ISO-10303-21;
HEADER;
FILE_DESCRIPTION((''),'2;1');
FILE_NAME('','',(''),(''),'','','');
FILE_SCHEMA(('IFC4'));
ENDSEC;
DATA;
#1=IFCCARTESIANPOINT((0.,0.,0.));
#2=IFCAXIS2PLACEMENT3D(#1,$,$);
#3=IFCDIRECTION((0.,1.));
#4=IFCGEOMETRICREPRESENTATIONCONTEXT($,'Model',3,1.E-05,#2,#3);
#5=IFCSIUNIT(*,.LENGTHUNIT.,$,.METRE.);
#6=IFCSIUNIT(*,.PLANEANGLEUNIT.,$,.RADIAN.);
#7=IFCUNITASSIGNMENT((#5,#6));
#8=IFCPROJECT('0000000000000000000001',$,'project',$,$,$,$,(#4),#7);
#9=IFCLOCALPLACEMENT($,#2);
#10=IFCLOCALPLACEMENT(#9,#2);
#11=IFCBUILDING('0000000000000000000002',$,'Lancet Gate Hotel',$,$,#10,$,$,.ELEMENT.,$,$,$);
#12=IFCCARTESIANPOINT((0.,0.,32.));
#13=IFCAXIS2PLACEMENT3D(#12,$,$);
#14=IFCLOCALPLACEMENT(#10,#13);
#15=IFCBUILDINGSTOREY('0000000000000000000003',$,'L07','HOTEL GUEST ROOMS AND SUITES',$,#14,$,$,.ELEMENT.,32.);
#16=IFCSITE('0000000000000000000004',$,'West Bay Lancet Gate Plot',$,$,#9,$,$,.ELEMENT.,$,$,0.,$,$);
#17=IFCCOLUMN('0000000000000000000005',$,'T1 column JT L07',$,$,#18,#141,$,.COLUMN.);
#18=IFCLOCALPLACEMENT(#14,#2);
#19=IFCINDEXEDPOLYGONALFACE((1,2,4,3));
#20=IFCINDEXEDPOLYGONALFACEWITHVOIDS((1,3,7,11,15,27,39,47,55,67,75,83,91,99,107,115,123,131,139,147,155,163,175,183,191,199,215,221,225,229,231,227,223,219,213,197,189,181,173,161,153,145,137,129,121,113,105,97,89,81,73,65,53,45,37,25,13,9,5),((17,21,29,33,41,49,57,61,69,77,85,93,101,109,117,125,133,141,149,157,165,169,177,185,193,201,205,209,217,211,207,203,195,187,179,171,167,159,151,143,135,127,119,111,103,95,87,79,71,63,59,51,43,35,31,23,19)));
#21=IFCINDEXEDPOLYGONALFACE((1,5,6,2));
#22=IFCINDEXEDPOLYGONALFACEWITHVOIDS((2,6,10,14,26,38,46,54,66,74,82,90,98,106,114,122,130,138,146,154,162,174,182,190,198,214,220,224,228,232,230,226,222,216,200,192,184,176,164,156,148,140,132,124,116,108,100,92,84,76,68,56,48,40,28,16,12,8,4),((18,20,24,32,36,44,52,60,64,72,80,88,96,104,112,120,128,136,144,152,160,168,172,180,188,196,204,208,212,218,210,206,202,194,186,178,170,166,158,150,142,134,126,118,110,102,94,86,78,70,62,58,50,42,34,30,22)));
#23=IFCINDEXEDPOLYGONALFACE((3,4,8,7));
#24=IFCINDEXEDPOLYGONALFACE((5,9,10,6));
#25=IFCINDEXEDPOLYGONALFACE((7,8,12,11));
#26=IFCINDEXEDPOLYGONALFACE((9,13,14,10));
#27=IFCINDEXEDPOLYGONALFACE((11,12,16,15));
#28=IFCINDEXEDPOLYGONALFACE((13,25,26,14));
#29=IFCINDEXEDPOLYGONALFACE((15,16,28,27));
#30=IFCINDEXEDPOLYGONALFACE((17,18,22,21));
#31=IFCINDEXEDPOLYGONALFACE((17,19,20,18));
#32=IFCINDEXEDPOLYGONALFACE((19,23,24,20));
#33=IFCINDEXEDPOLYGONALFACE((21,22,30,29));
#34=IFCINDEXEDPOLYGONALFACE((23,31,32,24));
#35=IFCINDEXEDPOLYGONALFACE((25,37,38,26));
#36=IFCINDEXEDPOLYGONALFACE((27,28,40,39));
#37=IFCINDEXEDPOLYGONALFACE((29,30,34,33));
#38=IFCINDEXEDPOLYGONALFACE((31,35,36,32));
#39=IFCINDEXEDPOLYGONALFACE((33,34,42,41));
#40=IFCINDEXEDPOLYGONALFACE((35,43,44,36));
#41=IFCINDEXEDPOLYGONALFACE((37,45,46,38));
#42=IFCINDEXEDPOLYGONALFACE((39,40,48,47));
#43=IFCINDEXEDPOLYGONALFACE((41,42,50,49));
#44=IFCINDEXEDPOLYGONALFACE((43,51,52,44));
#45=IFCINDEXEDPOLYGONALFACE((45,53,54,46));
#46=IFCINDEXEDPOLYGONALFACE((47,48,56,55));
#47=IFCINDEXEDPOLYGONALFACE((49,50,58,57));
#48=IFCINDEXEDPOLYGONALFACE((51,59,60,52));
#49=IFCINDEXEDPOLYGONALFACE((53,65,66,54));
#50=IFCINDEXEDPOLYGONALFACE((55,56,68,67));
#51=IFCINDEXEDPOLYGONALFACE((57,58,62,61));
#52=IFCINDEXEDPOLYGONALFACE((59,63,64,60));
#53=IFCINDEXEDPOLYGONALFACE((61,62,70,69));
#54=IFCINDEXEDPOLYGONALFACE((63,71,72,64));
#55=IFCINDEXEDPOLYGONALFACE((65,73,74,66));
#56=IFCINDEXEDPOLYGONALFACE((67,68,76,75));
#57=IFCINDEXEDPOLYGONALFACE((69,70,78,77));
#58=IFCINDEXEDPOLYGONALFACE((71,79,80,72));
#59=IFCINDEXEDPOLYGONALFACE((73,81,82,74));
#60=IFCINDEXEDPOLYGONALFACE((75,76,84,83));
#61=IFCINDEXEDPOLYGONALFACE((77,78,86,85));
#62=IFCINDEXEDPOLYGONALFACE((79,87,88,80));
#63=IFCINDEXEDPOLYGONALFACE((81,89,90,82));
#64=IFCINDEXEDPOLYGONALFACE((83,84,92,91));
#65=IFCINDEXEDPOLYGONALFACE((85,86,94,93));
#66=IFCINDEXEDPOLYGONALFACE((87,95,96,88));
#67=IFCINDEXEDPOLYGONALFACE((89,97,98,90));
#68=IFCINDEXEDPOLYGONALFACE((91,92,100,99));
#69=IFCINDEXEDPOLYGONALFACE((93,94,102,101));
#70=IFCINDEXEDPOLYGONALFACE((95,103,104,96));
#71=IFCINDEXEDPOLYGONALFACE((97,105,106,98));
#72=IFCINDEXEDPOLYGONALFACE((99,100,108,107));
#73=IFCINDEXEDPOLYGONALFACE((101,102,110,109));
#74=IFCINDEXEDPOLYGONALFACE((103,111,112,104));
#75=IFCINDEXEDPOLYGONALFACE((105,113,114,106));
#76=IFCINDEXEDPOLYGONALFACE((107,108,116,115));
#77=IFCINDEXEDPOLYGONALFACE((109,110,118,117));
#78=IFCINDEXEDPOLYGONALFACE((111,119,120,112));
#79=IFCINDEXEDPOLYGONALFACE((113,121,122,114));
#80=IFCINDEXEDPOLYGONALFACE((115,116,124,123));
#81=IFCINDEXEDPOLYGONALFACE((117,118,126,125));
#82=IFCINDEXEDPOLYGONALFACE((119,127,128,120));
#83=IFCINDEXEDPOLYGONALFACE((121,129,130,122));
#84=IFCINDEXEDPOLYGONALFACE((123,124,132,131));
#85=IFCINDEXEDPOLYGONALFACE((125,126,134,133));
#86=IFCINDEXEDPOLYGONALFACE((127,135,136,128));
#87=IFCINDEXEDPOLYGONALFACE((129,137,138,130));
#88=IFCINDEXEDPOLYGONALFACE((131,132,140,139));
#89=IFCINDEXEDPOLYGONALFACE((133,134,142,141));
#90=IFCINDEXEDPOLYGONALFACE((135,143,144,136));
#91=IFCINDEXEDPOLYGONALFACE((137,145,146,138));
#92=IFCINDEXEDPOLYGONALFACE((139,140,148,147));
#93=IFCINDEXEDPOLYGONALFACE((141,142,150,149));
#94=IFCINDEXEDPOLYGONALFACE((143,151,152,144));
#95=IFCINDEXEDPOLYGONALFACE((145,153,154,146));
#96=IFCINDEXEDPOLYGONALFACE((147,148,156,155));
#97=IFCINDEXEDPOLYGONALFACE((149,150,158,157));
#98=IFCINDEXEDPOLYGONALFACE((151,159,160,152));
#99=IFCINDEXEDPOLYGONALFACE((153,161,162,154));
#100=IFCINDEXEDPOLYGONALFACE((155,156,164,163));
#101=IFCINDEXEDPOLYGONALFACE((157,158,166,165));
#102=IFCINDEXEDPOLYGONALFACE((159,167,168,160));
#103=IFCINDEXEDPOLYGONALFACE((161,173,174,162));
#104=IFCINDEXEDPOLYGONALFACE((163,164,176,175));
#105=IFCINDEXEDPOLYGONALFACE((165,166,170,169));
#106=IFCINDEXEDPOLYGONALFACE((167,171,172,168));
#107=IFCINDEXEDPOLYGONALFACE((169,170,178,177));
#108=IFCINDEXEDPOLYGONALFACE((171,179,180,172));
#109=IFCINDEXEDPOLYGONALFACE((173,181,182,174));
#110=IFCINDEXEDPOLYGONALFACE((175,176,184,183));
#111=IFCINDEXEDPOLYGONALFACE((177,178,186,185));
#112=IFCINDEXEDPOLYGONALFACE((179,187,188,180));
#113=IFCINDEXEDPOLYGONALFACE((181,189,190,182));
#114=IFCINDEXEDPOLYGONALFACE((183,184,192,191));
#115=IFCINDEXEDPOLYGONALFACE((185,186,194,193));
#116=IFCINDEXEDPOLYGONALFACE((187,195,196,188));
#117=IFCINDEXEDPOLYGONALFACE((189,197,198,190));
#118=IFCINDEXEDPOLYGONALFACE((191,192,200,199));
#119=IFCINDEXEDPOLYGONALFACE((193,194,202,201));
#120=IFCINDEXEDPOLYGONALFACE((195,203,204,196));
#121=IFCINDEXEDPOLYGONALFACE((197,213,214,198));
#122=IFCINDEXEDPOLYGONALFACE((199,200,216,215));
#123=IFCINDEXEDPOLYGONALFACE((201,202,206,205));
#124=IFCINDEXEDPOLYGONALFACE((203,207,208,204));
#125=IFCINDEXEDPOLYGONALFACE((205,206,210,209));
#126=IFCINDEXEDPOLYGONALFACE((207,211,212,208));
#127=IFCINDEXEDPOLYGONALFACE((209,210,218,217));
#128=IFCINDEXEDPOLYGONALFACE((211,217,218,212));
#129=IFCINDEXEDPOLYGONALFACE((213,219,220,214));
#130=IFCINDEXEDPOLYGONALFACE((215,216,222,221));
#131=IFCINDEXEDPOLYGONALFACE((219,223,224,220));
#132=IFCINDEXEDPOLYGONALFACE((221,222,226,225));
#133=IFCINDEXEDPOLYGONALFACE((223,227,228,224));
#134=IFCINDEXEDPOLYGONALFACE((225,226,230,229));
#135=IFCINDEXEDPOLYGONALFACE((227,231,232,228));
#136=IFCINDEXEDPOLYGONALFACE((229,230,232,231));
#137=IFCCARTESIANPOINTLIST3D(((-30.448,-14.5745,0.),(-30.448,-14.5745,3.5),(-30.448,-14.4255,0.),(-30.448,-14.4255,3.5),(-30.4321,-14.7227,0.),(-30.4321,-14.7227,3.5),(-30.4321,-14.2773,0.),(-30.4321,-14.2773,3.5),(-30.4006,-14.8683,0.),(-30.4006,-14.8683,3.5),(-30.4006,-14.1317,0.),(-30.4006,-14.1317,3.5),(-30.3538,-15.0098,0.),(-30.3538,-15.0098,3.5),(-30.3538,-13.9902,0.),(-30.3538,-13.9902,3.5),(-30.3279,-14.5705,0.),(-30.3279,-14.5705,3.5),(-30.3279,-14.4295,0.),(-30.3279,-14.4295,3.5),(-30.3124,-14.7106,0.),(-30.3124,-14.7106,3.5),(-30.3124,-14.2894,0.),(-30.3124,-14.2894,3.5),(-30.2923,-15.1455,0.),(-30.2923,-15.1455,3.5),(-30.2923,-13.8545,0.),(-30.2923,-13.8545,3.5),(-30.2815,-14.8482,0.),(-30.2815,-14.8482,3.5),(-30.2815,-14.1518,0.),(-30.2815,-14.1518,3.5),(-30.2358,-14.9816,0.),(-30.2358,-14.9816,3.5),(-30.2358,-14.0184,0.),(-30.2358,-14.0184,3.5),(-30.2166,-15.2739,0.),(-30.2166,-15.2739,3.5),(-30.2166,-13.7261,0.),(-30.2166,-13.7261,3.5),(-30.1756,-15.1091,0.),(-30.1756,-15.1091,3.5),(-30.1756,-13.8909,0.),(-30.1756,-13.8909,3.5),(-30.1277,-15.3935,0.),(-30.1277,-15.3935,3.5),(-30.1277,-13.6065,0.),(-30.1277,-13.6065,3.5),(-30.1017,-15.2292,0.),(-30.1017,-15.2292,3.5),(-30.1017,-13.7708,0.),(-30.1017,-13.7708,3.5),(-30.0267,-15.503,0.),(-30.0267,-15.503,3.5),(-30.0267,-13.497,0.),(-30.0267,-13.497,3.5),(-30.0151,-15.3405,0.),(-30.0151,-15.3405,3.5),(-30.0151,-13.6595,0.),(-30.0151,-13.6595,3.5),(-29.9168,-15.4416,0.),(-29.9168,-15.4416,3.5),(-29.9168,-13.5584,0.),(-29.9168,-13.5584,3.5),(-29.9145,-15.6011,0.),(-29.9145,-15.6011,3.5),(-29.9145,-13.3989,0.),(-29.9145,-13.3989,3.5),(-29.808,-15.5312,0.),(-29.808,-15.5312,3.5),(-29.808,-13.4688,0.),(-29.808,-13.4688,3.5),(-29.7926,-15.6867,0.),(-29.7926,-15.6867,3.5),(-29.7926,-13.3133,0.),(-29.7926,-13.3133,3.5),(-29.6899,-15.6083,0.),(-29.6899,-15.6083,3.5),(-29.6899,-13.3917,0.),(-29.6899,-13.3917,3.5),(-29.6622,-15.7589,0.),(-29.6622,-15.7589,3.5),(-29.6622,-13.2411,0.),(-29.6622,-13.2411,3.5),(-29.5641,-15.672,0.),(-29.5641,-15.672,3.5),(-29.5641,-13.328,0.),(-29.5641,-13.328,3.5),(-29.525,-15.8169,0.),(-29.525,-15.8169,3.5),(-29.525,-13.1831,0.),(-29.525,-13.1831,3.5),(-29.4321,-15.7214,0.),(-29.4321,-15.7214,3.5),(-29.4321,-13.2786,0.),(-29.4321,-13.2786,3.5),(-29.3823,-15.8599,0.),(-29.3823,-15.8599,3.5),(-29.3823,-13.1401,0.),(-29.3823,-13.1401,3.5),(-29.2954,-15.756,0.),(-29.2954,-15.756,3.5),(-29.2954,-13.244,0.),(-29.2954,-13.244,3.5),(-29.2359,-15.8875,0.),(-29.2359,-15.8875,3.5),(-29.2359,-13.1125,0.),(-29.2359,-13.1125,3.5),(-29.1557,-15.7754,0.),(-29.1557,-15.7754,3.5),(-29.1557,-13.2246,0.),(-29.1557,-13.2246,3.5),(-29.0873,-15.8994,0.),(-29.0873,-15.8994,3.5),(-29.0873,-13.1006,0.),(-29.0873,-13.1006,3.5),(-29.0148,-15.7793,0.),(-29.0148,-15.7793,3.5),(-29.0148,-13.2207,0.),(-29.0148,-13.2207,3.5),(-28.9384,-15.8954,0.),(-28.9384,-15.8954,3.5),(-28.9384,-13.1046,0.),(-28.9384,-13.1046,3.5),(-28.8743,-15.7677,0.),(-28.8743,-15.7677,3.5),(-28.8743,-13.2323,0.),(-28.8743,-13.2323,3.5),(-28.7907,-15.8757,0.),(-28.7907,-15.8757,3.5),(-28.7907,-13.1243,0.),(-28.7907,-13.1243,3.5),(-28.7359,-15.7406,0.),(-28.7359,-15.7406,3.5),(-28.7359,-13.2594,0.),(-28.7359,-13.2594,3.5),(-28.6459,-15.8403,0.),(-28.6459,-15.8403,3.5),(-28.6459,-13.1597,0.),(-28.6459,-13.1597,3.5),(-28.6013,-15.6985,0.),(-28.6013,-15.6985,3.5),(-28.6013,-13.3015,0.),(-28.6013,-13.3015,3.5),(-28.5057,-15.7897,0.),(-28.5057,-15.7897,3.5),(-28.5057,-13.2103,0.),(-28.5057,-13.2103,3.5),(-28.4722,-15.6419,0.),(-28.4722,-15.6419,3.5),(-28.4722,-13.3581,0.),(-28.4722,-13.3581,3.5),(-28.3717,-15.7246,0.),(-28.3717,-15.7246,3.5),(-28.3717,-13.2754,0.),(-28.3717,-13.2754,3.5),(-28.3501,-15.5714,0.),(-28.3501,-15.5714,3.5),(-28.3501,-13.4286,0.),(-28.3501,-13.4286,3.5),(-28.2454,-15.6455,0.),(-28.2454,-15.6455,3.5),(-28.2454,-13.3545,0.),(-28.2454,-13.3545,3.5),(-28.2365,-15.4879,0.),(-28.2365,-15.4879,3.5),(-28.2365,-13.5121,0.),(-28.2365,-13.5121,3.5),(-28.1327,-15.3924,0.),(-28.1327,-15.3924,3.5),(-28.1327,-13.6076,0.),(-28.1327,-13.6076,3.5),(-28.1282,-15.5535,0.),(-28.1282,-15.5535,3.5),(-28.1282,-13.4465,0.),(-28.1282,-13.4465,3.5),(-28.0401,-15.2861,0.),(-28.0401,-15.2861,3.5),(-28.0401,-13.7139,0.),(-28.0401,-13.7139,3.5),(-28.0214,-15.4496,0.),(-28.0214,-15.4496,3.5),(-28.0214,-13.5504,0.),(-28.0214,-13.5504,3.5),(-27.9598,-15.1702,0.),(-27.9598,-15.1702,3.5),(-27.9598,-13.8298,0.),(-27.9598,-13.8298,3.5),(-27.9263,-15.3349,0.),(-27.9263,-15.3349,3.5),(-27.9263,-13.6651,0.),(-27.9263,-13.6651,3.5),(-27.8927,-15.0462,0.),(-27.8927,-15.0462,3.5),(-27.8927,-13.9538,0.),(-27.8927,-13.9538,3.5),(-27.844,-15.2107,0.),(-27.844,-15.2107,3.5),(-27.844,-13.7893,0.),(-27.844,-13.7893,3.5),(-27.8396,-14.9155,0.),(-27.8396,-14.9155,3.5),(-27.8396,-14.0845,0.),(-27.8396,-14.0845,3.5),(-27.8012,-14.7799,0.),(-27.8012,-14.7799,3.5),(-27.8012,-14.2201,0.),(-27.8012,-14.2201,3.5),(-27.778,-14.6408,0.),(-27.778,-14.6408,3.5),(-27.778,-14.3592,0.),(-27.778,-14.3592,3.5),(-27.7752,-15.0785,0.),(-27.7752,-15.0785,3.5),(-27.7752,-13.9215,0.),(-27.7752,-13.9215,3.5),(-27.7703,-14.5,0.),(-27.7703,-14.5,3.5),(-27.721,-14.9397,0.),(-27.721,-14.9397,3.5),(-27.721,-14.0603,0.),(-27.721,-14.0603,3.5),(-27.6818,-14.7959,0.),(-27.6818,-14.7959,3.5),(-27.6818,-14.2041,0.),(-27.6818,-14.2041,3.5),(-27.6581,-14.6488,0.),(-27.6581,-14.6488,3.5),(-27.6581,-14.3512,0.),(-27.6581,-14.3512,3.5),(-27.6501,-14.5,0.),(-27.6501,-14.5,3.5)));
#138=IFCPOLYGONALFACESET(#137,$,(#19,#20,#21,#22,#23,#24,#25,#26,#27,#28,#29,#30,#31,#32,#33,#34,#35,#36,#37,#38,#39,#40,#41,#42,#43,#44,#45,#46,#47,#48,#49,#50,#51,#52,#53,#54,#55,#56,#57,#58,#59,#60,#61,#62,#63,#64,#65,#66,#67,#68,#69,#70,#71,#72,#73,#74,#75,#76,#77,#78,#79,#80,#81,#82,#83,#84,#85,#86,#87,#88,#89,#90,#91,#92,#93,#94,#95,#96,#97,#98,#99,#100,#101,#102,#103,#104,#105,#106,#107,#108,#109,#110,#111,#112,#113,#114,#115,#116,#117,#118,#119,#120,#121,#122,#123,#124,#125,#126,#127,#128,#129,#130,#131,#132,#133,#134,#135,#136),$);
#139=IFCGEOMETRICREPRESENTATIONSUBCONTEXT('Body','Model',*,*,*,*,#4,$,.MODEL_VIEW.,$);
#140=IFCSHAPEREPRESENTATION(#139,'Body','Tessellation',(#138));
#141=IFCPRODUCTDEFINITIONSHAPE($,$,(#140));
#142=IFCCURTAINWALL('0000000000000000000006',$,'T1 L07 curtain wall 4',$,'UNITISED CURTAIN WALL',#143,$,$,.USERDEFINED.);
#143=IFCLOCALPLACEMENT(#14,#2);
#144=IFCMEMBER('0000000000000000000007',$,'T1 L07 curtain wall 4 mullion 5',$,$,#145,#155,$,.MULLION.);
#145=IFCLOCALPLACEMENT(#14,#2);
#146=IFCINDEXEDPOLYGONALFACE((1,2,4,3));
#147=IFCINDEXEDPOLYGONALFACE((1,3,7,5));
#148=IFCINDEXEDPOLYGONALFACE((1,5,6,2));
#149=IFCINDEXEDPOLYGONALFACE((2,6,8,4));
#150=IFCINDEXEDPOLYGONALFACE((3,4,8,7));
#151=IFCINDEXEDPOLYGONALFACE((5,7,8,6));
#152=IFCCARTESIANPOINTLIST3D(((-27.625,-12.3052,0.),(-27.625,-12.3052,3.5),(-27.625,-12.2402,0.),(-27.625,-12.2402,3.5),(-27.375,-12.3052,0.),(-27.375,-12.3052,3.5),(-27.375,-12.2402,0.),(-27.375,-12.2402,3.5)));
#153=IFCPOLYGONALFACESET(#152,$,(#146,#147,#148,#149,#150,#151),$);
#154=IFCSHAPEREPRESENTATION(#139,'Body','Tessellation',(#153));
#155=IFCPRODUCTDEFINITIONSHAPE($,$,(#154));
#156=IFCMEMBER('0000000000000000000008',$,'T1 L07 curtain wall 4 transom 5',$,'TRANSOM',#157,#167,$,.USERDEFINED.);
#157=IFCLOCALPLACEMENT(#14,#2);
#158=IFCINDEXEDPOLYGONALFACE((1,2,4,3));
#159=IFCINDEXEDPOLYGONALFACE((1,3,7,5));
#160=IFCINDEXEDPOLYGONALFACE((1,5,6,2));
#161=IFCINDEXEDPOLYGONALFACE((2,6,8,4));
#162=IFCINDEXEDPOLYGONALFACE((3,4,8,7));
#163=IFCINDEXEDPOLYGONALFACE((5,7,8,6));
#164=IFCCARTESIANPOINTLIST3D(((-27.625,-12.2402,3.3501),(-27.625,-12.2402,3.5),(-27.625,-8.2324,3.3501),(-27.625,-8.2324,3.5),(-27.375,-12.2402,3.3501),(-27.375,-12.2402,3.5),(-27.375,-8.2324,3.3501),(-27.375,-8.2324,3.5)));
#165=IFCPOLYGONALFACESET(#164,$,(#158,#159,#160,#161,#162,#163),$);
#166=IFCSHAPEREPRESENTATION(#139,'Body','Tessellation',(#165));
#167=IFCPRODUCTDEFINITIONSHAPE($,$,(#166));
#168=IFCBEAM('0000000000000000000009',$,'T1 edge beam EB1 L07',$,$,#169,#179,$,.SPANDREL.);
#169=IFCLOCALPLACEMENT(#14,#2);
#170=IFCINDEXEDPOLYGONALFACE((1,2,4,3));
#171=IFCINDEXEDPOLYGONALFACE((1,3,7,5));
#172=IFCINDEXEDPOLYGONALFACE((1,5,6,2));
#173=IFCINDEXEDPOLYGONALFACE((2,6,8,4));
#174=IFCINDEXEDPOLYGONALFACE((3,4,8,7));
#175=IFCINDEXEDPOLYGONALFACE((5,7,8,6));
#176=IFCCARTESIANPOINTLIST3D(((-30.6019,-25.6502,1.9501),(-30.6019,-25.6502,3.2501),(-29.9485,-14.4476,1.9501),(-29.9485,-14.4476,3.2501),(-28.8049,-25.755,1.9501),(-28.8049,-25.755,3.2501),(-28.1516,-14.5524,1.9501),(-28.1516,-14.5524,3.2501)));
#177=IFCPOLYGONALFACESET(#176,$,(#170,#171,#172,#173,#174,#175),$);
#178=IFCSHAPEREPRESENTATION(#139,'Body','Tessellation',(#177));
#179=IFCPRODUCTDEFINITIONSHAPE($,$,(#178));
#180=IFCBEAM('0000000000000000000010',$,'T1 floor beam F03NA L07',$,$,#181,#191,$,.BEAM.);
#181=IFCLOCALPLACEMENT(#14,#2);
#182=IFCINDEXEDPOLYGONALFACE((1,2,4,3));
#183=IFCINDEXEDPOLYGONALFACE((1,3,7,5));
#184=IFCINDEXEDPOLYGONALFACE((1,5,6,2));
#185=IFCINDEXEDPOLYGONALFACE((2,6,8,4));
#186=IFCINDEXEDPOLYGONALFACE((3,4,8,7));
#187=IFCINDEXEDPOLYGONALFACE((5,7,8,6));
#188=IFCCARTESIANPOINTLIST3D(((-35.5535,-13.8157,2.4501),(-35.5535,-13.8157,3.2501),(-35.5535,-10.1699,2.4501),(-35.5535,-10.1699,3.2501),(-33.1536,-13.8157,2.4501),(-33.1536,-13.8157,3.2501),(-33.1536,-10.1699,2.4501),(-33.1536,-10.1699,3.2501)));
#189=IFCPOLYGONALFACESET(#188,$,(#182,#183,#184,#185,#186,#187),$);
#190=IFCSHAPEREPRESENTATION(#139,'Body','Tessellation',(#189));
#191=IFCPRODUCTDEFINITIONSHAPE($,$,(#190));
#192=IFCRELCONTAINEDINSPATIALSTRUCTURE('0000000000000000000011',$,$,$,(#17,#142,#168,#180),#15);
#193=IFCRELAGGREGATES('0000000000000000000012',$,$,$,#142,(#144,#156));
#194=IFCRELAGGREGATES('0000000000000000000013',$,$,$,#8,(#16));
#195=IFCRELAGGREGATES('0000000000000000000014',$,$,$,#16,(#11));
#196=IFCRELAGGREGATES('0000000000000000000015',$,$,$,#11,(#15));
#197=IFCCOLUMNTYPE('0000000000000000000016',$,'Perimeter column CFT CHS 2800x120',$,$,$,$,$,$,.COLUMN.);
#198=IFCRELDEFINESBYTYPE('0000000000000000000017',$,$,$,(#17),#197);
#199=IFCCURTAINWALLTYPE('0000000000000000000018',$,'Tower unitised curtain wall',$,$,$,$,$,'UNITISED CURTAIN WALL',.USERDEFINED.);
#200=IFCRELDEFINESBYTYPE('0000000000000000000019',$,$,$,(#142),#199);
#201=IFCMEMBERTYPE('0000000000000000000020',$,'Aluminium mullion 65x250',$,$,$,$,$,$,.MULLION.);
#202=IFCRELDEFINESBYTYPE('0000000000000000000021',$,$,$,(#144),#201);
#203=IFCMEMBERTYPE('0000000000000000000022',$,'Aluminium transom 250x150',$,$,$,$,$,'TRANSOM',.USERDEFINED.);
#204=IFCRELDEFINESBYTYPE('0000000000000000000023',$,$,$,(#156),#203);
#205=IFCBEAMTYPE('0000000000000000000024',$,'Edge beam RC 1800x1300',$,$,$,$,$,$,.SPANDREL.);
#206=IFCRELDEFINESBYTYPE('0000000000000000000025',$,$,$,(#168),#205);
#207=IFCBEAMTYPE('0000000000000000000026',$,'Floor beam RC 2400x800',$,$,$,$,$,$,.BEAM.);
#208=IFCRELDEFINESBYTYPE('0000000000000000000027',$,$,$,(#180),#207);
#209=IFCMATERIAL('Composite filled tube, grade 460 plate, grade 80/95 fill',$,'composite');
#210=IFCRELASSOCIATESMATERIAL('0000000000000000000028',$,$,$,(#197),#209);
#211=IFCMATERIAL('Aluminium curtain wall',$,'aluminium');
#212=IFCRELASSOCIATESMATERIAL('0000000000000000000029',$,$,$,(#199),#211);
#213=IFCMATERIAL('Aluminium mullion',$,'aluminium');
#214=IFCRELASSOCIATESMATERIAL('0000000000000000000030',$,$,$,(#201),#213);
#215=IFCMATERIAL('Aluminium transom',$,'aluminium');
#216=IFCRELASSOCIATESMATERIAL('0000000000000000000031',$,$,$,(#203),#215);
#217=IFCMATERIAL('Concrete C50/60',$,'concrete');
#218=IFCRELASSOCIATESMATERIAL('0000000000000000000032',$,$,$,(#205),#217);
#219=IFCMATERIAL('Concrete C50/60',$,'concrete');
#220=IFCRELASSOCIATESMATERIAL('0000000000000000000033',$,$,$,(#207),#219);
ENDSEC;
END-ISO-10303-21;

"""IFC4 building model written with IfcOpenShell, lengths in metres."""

from ifc_helpers import new_model, si_unit, direction, frame, origin, origin_2d, place, context, subcontext, project, spatial, rectangle, hollow_circle, extrude, material, material_profile, profile_set, type_object, element, aggregate, save


model = new_model("IFC4")

# Units and contexts
model_context = context("Model", 3, precision=1e-05, world=origin(), true_north=direction((0.0, 1.0)))
body_context = subcontext(model_context, "Body", "Model", "MODEL_VIEW")
ifc_project = project(units=[si_unit("LENGTHUNIT", "METRE"), si_unit("PLANEANGLEUNIT", "RADIAN")], contexts=[model_context])

# Site, building, storey
site_placement = place(None, origin())
site = spatial("IfcSite", under=ifc_project, at=site_placement, Name="West Bay Lancet Gate Plot", CompositionType="ELEMENT", RefElevation=0.0)
building_placement = place(site_placement, origin())
building = spatial("IfcBuilding", under=site, at=building_placement, Name="Lancet Gate Hotel", CompositionType="ELEMENT")
storey_placement = place(building_placement, frame((0.0, 0.0, 32.0)))
storey = spatial("IfcBuildingStorey", under=building, at=storey_placement, Name="L07", Description="HOTEL GUEST ROOMS AND SUITES", CompositionType="ELEMENT", Elevation=32.0)

# Column
ifc_material_1 = material(Name="Composite filled tube, grade 460 plate, grade 80/95 fill", Category="composite")
ifc_material_profile_1 = material_profile(ifc_material_1, hollow_circle(Radius=1.3999, WallThickness=0.1201, at=origin_2d()), Name="CHS 2800x120")
ifc_profile_set_1 = profile_set([ifc_material_profile_1], Name="Composite filled tube, grade 460 plate, grade 80/95 fill")
column_type = type_object("IfcColumnType", Name="Perimeter column CFT CHS 2800x120", PredefinedType="COLUMN", material=ifc_profile_set_1)
for number, where, z_axis, x_axis, name in (
    (1, (-29.05, -14.5, 0.0), (0.0, 0.0, 1.0), (1.0, 0.0, 0.0), "T1 column JT L07"),
):
    element("IfcColumn", number, at=place(storey_placement, frame(where, z_axis=z_axis, x_axis=x_axis)), inside=storey, type_object=column_type, Name=name, PredefinedType="COLUMN", context=body_context, shape_type="SweptSolid", body=[
        extrude(hollow_circle(Radius=1.3999, WallThickness=0.1201, at=origin_2d()), origin(), (0.0, 0.0, 1.0), 3.5),
    ])

# Curtain wall, members
ifc_material_2 = material(Name="Aluminium curtain wall", Category="aluminium")
curtain_wall_type = type_object("IfcCurtainWallType", Name="Tower unitised curtain wall", ElementType="UNITISED CURTAIN WALL", PredefinedType="USERDEFINED", material=ifc_material_2)
curtain_wall_placement = place(storey_placement, origin())
curtain_wall = element("IfcCurtainWall", 2, at=curtain_wall_placement, inside=storey, type_object=curtain_wall_type, Name="T1 L07 curtain wall 4", ObjectType="UNITISED CURTAIN WALL", PredefinedType="USERDEFINED")
ifc_material_3 = material(Name="Aluminium mullion", Category="aluminium")
ifc_material_profile_2 = material_profile(ifc_material_3, rectangle(XDim=0.0649, YDim=0.25, at=origin_2d()), Name="MULLION 65x250")
ifc_profile_set_2 = profile_set([ifc_material_profile_2], Name="Aluminium mullion")
member_type_1 = type_object("IfcMemberType", Name="Aluminium mullion 65x250", PredefinedType="MULLION", material=ifc_profile_set_2)
member_1_placement = place(storey_placement, frame((-27.5, -12.2727, 0.0), z_axis=(0.0, 0.0, 1.0), x_axis=(0.0, 1.0, 0.0)))
member_1 = element("IfcMember", 3, at=member_1_placement, type_object=member_type_1, Name="T1 L07 curtain wall 4 mullion 5", PredefinedType="MULLION", context=body_context, shape_type="SweptSolid", body=[
    extrude(rectangle(XDim=0.0649, YDim=0.25, at=origin_2d()), origin(), (0.0, 0.0, 1.0), 3.5),
])
ifc_material_4 = material(Name="Aluminium transom", Category="aluminium")
ifc_material_profile_3 = material_profile(ifc_material_4, rectangle(XDim=0.25, YDim=0.1499, at=origin_2d()), Name="TRANSOM 250x150")
ifc_profile_set_3 = profile_set([ifc_material_profile_3], Name="Aluminium transom")
member_type_2 = type_object("IfcMemberType", Name="Aluminium transom 250x150", ElementType="TRANSOM", PredefinedType="USERDEFINED", material=ifc_profile_set_3)
member_2_placement = place(storey_placement, frame((-27.5, -12.2402, 3.425), z_axis=(0.0, 1.0, 0.0), x_axis=(-1.0, 0.0, 0.0)))
member_2 = element("IfcMember", 4, at=member_2_placement, type_object=member_type_2, Name="T1 L07 curtain wall 4 transom 5", ObjectType="TRANSOM", PredefinedType="USERDEFINED", context=body_context, shape_type="SweptSolid", body=[
    extrude(rectangle(XDim=0.25, YDim=0.1499, at=origin_2d()), origin(), (0.0, 0.0, 1.0), 4.0078),
])

# Beams
ifc_material_5 = material(Name="Concrete C50/60", Category="concrete")
ifc_material_profile_4 = material_profile(ifc_material_5, rectangle(XDim=1.8, YDim=1.3, at=origin_2d()), Name="RC 1800x1300")
ifc_profile_set_4 = profile_set([ifc_material_profile_4], Name="Concrete C50/60")
beam_type_1 = type_object("IfcBeamType", Name="Edge beam RC 1800x1300", PredefinedType="SPANDREL", material=ifc_profile_set_4)
beam_1_placement = place(storey_placement, frame((-29.05, -14.5, 2.6001), z_axis=(-0.05822, -0.998304, 0.0), x_axis=(0.998304, -0.05822, 0.0)))
element("IfcBeam", 5, at=beam_1_placement, inside=storey, type_object=beam_type_1, Name="T1 edge beam EB1 L07", PredefinedType="SPANDREL", context=body_context, shape_type="SweptSolid", body=[
    extrude(rectangle(XDim=1.8, YDim=1.3, at=origin_2d()), origin(), (0.0, 0.0, 1.0), 11.2217),
])
ifc_material_6 = material(Name="Concrete C50/60", Category="concrete")
ifc_material_profile_5 = material_profile(ifc_material_6, rectangle(XDim=2.3999, YDim=0.8, at=origin_2d()), Name="RC 2400x800")
ifc_profile_set_5 = profile_set([ifc_material_profile_5], Name="Concrete C50/60")
beam_type_2 = type_object("IfcBeamType", Name="Floor beam RC 2400x800", PredefinedType="BEAM", material=ifc_profile_set_5)
beam_2_placement = place(storey_placement, frame((-34.3535, -10.1699, 2.8501), z_axis=(0.0, -1.0, 0.0), x_axis=(1.0, 0.0, 0.0)))
element("IfcBeam", 6, at=beam_2_placement, inside=storey, type_object=beam_type_2, Name="T1 floor beam F03NA L07", PredefinedType="BEAM", context=body_context, shape_type="SweptSolid", body=[
    extrude(rectangle(XDim=2.3999, YDim=0.8, at=origin_2d()), origin(), (0.0, 0.0, 1.0), 3.6458),
])

aggregate(curtain_wall, [member_1, member_2])

save(model, "model.ifc")
